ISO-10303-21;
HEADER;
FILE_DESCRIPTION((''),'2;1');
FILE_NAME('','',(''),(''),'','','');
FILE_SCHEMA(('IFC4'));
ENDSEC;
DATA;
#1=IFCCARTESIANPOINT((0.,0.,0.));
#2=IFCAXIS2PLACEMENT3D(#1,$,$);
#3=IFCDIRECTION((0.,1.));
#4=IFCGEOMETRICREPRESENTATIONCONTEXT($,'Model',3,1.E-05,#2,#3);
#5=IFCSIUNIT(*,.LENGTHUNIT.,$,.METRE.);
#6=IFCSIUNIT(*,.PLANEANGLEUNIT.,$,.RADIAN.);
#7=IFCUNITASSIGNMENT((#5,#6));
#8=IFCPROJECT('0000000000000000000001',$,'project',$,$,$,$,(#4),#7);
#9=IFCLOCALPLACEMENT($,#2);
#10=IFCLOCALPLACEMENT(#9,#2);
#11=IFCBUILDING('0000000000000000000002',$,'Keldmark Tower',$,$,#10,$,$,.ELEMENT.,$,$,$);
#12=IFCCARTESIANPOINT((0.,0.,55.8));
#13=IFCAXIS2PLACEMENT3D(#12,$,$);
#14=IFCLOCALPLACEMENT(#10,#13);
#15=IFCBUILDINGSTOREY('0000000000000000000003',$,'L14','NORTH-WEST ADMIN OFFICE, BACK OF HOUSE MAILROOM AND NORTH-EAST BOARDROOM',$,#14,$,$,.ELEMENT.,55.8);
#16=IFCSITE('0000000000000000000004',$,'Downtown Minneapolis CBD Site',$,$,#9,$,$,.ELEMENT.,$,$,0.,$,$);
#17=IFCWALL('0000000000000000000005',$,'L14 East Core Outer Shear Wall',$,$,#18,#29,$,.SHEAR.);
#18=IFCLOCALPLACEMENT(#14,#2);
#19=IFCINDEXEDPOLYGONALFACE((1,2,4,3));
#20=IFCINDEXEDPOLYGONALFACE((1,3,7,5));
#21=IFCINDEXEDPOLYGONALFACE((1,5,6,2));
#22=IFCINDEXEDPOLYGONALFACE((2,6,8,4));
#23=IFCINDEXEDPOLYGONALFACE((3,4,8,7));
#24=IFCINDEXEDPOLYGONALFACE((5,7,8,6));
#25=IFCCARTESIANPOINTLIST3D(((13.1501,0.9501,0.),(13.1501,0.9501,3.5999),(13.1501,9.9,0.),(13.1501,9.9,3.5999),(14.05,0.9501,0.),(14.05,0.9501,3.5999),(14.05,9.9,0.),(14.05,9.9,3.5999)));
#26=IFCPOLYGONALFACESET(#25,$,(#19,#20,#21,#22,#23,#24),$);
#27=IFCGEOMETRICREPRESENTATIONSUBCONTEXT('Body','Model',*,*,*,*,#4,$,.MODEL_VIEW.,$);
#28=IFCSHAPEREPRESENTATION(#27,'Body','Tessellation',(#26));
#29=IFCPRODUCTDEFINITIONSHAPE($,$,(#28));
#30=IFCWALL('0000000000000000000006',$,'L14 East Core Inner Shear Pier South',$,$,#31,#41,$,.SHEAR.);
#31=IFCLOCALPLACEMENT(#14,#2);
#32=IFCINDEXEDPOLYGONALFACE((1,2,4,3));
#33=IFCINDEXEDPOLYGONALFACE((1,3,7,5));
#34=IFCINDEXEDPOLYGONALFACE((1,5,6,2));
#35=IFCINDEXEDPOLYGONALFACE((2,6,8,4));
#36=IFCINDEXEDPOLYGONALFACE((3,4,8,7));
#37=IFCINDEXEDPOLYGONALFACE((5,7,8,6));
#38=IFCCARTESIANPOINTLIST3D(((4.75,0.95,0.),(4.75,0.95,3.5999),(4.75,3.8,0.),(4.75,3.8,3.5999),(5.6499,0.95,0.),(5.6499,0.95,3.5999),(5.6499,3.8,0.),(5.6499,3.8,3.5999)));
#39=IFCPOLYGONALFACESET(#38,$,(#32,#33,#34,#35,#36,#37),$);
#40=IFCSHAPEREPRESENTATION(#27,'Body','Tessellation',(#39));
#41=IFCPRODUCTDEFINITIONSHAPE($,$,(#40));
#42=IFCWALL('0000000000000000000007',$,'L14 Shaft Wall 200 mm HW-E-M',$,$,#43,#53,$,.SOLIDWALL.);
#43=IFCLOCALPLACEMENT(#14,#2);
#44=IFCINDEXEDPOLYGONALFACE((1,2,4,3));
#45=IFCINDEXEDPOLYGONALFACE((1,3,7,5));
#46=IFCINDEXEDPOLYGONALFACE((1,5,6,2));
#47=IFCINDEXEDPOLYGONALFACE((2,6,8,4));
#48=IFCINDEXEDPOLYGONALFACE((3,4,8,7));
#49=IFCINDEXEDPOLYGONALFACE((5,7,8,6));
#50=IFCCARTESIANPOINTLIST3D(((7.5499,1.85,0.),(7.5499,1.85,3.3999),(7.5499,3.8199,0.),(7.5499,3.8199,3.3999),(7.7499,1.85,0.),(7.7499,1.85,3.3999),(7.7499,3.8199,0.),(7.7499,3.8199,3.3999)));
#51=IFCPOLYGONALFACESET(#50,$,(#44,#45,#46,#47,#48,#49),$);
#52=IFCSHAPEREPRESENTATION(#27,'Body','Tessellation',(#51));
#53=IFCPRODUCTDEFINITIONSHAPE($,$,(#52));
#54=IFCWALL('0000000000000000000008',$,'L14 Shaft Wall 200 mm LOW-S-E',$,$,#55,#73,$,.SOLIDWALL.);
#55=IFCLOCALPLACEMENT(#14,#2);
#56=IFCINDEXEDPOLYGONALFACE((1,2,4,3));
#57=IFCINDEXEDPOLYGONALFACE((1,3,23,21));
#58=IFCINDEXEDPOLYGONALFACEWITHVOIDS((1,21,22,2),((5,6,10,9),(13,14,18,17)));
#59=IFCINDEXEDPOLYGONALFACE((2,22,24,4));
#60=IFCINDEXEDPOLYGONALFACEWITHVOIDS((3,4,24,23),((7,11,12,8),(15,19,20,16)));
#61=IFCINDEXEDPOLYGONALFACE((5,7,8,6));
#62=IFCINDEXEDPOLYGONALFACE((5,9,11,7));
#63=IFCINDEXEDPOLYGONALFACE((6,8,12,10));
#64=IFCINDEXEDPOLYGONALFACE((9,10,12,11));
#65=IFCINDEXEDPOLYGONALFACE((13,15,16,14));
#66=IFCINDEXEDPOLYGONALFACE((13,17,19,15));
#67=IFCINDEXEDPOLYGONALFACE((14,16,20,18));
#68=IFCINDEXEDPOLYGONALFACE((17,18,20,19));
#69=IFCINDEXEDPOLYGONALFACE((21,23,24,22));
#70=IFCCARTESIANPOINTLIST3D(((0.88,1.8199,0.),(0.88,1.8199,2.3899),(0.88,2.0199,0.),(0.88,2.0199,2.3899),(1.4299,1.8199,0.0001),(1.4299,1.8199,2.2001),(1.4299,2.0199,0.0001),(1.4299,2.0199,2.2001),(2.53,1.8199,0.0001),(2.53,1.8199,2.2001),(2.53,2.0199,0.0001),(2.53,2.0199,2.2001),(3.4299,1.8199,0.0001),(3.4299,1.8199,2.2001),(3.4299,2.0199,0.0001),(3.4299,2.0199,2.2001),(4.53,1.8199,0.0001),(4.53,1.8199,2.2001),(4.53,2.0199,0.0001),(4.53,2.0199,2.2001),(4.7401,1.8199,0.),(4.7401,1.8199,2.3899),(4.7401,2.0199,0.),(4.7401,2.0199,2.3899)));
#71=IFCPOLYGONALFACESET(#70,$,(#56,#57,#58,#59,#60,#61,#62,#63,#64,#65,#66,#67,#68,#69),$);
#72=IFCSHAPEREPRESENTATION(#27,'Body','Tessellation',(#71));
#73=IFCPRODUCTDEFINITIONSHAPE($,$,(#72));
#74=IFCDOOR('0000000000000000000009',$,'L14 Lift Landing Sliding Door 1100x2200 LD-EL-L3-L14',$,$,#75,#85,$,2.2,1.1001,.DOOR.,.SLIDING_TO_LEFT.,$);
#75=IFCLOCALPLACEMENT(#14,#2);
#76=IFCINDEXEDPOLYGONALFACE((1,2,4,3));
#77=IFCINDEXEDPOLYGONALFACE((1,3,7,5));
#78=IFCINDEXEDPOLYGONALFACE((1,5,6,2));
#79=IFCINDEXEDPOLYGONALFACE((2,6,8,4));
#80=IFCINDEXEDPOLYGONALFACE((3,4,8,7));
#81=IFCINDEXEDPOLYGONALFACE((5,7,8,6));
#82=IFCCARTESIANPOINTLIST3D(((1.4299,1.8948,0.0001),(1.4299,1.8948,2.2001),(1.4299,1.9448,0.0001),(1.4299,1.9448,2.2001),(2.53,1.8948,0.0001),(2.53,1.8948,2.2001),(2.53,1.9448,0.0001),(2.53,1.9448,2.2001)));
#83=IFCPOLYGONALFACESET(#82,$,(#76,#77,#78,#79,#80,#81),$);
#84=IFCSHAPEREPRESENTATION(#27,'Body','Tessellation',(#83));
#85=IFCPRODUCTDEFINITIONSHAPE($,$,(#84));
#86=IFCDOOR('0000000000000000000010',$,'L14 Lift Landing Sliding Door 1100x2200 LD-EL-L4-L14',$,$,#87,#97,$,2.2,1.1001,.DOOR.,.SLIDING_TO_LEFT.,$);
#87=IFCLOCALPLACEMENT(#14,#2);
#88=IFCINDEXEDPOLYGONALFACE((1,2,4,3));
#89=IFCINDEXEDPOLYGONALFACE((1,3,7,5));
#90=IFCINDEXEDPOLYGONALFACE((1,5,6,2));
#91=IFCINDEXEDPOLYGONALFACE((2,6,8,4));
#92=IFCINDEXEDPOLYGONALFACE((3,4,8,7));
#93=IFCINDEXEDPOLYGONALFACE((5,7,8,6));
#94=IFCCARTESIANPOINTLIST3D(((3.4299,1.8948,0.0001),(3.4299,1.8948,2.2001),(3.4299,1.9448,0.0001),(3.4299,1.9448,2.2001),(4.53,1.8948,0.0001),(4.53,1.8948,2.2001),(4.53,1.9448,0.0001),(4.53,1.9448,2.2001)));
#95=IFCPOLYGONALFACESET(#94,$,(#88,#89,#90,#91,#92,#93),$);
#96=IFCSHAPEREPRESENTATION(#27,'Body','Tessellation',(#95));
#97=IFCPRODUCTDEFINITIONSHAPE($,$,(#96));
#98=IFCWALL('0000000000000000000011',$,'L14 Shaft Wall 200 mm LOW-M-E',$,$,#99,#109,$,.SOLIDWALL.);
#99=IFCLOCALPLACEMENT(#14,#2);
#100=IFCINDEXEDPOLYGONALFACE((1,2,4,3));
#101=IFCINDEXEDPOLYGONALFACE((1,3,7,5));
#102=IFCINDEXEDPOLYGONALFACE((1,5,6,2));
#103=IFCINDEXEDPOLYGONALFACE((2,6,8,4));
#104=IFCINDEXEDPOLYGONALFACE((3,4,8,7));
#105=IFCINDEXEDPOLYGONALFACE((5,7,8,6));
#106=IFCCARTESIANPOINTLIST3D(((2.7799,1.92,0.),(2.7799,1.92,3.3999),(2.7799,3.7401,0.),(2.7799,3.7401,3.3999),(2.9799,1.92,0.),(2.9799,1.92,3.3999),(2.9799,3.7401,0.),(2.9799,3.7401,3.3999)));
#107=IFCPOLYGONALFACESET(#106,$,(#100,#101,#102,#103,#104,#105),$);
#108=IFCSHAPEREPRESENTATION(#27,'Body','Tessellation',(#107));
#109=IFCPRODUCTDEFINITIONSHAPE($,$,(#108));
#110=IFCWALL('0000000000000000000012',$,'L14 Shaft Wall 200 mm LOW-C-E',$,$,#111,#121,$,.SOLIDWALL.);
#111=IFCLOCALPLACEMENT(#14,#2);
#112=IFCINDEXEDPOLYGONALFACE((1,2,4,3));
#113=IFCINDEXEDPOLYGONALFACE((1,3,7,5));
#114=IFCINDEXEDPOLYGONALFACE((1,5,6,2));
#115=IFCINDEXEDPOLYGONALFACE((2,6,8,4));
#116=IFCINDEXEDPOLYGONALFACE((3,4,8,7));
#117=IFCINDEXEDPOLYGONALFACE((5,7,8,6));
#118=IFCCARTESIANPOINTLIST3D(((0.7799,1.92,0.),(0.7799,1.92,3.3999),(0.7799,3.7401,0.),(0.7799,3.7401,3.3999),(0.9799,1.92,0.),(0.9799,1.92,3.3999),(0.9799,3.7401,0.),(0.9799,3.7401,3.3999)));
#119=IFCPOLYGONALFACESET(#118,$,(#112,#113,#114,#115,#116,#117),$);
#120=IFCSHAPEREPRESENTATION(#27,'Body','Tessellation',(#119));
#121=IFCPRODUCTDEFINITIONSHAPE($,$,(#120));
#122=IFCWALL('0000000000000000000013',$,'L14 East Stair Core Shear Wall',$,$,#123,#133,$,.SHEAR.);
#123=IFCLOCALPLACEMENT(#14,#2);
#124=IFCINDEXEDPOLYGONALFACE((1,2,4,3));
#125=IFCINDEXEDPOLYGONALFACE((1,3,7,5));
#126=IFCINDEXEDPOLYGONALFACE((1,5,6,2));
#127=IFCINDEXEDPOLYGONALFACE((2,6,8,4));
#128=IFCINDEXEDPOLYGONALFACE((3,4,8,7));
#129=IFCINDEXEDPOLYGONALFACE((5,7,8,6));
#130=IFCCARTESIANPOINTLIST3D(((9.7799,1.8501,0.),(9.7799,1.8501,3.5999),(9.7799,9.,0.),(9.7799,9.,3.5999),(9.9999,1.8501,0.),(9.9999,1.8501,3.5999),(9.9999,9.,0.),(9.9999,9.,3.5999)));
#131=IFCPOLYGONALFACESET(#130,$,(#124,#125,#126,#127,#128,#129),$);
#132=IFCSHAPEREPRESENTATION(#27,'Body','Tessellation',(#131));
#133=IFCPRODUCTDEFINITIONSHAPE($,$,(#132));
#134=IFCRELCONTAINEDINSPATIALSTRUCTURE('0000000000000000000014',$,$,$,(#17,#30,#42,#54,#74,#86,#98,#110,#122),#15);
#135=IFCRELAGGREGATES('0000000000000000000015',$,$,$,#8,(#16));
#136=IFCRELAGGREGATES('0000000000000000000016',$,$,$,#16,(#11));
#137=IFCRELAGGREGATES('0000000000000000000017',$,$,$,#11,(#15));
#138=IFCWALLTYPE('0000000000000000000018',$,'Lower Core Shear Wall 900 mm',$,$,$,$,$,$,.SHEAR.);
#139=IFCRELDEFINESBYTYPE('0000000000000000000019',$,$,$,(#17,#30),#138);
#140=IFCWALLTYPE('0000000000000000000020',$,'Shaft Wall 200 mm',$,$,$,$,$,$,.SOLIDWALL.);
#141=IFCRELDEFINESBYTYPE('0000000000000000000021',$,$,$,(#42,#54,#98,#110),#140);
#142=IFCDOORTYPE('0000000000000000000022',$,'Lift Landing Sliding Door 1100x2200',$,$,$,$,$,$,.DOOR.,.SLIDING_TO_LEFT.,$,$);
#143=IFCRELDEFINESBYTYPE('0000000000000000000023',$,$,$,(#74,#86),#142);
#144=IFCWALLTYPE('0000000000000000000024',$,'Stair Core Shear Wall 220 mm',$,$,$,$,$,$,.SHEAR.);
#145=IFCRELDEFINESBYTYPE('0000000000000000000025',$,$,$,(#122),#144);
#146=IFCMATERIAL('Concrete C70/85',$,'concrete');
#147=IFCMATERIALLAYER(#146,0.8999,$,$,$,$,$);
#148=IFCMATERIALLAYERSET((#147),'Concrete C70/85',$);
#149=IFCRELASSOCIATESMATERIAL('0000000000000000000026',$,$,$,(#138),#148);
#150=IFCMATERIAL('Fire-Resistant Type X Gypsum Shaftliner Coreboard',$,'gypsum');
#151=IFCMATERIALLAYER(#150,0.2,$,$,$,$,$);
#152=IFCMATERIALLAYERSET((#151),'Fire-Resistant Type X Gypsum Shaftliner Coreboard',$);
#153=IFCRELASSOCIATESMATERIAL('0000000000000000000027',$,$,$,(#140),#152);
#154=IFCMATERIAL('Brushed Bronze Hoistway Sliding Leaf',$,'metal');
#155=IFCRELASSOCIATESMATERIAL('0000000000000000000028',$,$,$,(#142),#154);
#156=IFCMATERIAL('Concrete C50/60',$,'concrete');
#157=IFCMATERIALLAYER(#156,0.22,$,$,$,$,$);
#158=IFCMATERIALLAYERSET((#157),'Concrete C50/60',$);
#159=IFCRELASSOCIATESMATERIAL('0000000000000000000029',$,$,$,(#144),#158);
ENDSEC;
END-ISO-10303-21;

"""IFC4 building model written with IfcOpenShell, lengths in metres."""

from ifc_helpers import new_model, si_unit, direction, frame, frame_2d, origin, place, context, subcontext, project, spatial, rectangle, extrude, material, layer, layer_set, type_object, element, fill, save


model = new_model("IFC4")

# Units and contexts
model_context = context("Model", 3, precision=1e-05, world=origin(), true_north=direction((0.0, 1.0)))
body_context = subcontext(model_context, "Body", "Model", "MODEL_VIEW")
ifc_project = project(units=[si_unit("LENGTHUNIT", "METRE"), si_unit("PLANEANGLEUNIT", "RADIAN")], contexts=[model_context])

# Site, building, storey
site_placement = place(None, origin())
site = spatial("IfcSite", under=ifc_project, at=site_placement, Name="Downtown Minneapolis CBD Site", CompositionType="ELEMENT", RefElevation=0.0)
building_placement = place(site_placement, origin())
building = spatial("IfcBuilding", under=site, at=building_placement, Name="Keldmark Tower", CompositionType="ELEMENT")
storey_placement = place(building_placement, frame((0.0, 0.0, 55.8)))
storey = spatial("IfcBuildingStorey", under=building, at=storey_placement, Name="L14", Description="NORTH-WEST ADMIN OFFICE, BACK OF HOUSE MAILROOM AND NORTH-EAST BOARDROOM", CompositionType="ELEMENT", Elevation=55.8)

# Walls
ifc_material_1 = material(Name="Concrete C70/85", Category="concrete")
ifc_layer_1 = layer(ifc_material_1, 0.8999)
ifc_layer_set_1 = layer_set([ifc_layer_1], Name="Concrete C70/85")
wall_type_1 = type_object("IfcWallType", Name="Lower Core Shear Wall 900 mm", PredefinedType="SHEAR", material=ifc_layer_set_1)
wall_1_placement = place(storey_placement, frame((13.6001, 0.95, 0.0), z_axis=(0.0, 0.0, 1.0), x_axis=(0.0, 1.0, 0.0)))
element("IfcWall", 1, at=wall_1_placement, inside=storey, type_object=wall_type_1, Name="L14 East Core Outer Shear Wall", PredefinedType="SHEAR", context=body_context, shape_type="SweptSolid", body=[
    extrude(rectangle(XDim=8.95, YDim=0.8999, at=frame_2d((4.4751, 0.0))), origin(), (0.0, 0.0, 1.0), 3.5999),
])
wall_2_placement = place(storey_placement, frame((5.2, 0.95, 0.0), z_axis=(0.0, 0.0, 1.0), x_axis=(0.0, 1.0, 0.0)))
element("IfcWall", 2, at=wall_2_placement, inside=storey, type_object=wall_type_1, Name="L14 East Core Inner Shear Pier South", PredefinedType="SHEAR", context=body_context, shape_type="SweptSolid", body=[
    extrude(rectangle(XDim=2.8501, YDim=0.8999, at=frame_2d((1.425, 0.0))), origin(), (0.0, 0.0, 1.0), 3.5999),
])

# Wall
ifc_material_2 = material(Name="Fire-Resistant Type X Gypsum Shaftliner Coreboard", Category="gypsum")
ifc_layer_2 = layer(ifc_material_2, 0.2)
ifc_layer_set_2 = layer_set([ifc_layer_2], Name="Fire-Resistant Type X Gypsum Shaftliner Coreboard")
wall_type_2 = type_object("IfcWallType", Name="Shaft Wall 200 mm", PredefinedType="SOLIDWALL", material=ifc_layer_set_2)
wall_3_placement = place(storey_placement, frame((7.6499, 1.8501, 0.0), z_axis=(0.0, 0.0, 1.0), x_axis=(0.0, 1.0, 0.0)))
element("IfcWall", 3, at=wall_3_placement, inside=storey, type_object=wall_type_2, Name="L14 Shaft Wall 200 mm HW-E-M", PredefinedType="SOLIDWALL", context=body_context, shape_type="SweptSolid", body=[
    extrude(rectangle(XDim=1.97, YDim=0.2, at=frame_2d((0.9849, 0.0))), origin(), (0.0, 0.0, 1.0), 3.3999),
])

# Wall, openings, doors
wall_4_placement = place(storey_placement, frame((0.8799, 1.9199, 0.0), z_axis=(0.0, 0.0, 1.0), x_axis=(1.0, 0.0, 0.0)))
wall_4 = element("IfcWall", 4, at=wall_4_placement, inside=storey, type_object=wall_type_2, Name="L14 Shaft Wall 200 mm LOW-S-E", PredefinedType="SOLIDWALL", context=body_context, shape_type="SweptSolid", body=[
    extrude(rectangle(XDim=3.8601, YDim=0.2, at=frame_2d((1.9302, 0.0))), origin(), (0.0, 0.0, 1.0), 2.3899),
])
opening_1_placement = place(wall_4_placement, frame((0.55, 0.0, 0.0)))
opening_1 = element("IfcOpeningElement", 5, at=opening_1_placement, cuts=wall_4, PredefinedType="OPENING", context=body_context, shape_type="SweptSolid", body=[
    extrude(rectangle(XDim=1.1001, YDim=2.2, at=frame_2d((0.55, 1.1001))), frame((0.0, 0.1099, 0.0), z_axis=(0.0, -1.0, 0.0), x_axis=(1.0, 0.0, 0.0)), (0.0, 0.0, 1.0), 0.22),
])
opening_2_placement = place(wall_4_placement, frame((2.55, 0.0, 0.0)))
opening_2 = element("IfcOpeningElement", 6, at=opening_2_placement, cuts=wall_4, PredefinedType="OPENING", context=body_context, shape_type="SweptSolid", body=[
    extrude(rectangle(XDim=1.1001, YDim=2.2, at=frame_2d((0.55, 1.1001))), frame((0.0, 0.1099, 0.0), z_axis=(0.0, -1.0, 0.0), x_axis=(1.0, 0.0, 0.0)), (0.0, 0.0, 1.0), 0.22),
])
ifc_material_3 = material(Name="Brushed Bronze Hoistway Sliding Leaf", Category="metal")
door_type_1 = type_object("IfcDoorType", Name="Lift Landing Sliding Door 1100x2200", OperationType="SLIDING_TO_LEFT", PredefinedType="DOOR", material=ifc_material_3)
door_1_placement = place(opening_1_placement, origin())
door_1 = element("IfcDoor", 7, at=door_1_placement, inside=storey, type_object=door_type_1, Name="L14 Lift Landing Sliding Door 1100x2200 LD-EL-L3-L14", OperationType="SLIDING_TO_LEFT", OverallHeight=2.2, OverallWidth=1.1001, PredefinedType="DOOR", context=body_context, shape_type="SweptSolid", body=[
    extrude(rectangle(XDim=1.1001, YDim=2.2, at=frame_2d((0.55, 1.1001))), frame((0.0, 0.0249, 0.0), z_axis=(0.0, -1.0, 0.0), x_axis=(1.0, 0.0, 0.0)), (0.0, 0.0, 1.0), 0.05),
])
fill(opening_1, door_1)
door_2_placement = place(opening_2_placement, origin())
door_2 = element("IfcDoor", 8, at=door_2_placement, inside=storey, type_object=door_type_1, Name="L14 Lift Landing Sliding Door 1100x2200 LD-EL-L4-L14", OperationType="SLIDING_TO_LEFT", OverallHeight=2.2, OverallWidth=1.1001, PredefinedType="DOOR", context=body_context, shape_type="SweptSolid", body=[
    extrude(rectangle(XDim=1.1001, YDim=2.2, at=frame_2d((0.55, 1.1001))), frame((0.0, 0.0249, 0.0), z_axis=(0.0, -1.0, 0.0), x_axis=(1.0, 0.0, 0.0)), (0.0, 0.0, 1.0), 0.05),
])
fill(opening_2, door_2)

# Walls
for number, where, z_axis, x_axis, name in (
    (9, (2.8799, 1.9199, 0.0), (0.0, 0.0, 1.0), (0.0, 1.0, 0.0), "L14 Shaft Wall 200 mm LOW-M-E"),
    (10, (0.8799, 1.9199, 0.0), (0.0, 0.0, 1.0), (0.0, 1.0, 0.0), "L14 Shaft Wall 200 mm LOW-C-E"),
):
    element("IfcWall", number, at=place(storey_placement, frame(where, z_axis=z_axis, x_axis=x_axis)), inside=storey, type_object=wall_type_2, Name=name, PredefinedType="SOLIDWALL", context=body_context, shape_type="SweptSolid", body=[
        extrude(rectangle(XDim=1.8201, YDim=0.2, at=frame_2d((0.9102, 0.0))), origin(), (0.0, 0.0, 1.0), 3.3999),
    ])
ifc_material_4 = material(Name="Concrete C50/60", Category="concrete")
ifc_layer_3 = layer(ifc_material_4, 0.22)
ifc_layer_set_3 = layer_set([ifc_layer_3], Name="Concrete C50/60")
wall_type_3 = type_object("IfcWallType", Name="Stair Core Shear Wall 220 mm", PredefinedType="SHEAR", material=ifc_layer_set_3)
wall_5_placement = place(storey_placement, frame((9.8899, 1.8501, 0.0), z_axis=(0.0, 0.0, 1.0), x_axis=(0.0, 1.0, 0.0)))
element("IfcWall", 11, at=wall_5_placement, inside=storey, type_object=wall_type_3, Name="L14 East Stair Core Shear Wall", PredefinedType="SHEAR", context=body_context, shape_type="SweptSolid", body=[
    extrude(rectangle(XDim=7.1499, YDim=0.22, at=frame_2d((3.575, 0.0))), origin(), (0.0, 0.0, 1.0), 3.5999),
])

save(model, "model.ifc")
